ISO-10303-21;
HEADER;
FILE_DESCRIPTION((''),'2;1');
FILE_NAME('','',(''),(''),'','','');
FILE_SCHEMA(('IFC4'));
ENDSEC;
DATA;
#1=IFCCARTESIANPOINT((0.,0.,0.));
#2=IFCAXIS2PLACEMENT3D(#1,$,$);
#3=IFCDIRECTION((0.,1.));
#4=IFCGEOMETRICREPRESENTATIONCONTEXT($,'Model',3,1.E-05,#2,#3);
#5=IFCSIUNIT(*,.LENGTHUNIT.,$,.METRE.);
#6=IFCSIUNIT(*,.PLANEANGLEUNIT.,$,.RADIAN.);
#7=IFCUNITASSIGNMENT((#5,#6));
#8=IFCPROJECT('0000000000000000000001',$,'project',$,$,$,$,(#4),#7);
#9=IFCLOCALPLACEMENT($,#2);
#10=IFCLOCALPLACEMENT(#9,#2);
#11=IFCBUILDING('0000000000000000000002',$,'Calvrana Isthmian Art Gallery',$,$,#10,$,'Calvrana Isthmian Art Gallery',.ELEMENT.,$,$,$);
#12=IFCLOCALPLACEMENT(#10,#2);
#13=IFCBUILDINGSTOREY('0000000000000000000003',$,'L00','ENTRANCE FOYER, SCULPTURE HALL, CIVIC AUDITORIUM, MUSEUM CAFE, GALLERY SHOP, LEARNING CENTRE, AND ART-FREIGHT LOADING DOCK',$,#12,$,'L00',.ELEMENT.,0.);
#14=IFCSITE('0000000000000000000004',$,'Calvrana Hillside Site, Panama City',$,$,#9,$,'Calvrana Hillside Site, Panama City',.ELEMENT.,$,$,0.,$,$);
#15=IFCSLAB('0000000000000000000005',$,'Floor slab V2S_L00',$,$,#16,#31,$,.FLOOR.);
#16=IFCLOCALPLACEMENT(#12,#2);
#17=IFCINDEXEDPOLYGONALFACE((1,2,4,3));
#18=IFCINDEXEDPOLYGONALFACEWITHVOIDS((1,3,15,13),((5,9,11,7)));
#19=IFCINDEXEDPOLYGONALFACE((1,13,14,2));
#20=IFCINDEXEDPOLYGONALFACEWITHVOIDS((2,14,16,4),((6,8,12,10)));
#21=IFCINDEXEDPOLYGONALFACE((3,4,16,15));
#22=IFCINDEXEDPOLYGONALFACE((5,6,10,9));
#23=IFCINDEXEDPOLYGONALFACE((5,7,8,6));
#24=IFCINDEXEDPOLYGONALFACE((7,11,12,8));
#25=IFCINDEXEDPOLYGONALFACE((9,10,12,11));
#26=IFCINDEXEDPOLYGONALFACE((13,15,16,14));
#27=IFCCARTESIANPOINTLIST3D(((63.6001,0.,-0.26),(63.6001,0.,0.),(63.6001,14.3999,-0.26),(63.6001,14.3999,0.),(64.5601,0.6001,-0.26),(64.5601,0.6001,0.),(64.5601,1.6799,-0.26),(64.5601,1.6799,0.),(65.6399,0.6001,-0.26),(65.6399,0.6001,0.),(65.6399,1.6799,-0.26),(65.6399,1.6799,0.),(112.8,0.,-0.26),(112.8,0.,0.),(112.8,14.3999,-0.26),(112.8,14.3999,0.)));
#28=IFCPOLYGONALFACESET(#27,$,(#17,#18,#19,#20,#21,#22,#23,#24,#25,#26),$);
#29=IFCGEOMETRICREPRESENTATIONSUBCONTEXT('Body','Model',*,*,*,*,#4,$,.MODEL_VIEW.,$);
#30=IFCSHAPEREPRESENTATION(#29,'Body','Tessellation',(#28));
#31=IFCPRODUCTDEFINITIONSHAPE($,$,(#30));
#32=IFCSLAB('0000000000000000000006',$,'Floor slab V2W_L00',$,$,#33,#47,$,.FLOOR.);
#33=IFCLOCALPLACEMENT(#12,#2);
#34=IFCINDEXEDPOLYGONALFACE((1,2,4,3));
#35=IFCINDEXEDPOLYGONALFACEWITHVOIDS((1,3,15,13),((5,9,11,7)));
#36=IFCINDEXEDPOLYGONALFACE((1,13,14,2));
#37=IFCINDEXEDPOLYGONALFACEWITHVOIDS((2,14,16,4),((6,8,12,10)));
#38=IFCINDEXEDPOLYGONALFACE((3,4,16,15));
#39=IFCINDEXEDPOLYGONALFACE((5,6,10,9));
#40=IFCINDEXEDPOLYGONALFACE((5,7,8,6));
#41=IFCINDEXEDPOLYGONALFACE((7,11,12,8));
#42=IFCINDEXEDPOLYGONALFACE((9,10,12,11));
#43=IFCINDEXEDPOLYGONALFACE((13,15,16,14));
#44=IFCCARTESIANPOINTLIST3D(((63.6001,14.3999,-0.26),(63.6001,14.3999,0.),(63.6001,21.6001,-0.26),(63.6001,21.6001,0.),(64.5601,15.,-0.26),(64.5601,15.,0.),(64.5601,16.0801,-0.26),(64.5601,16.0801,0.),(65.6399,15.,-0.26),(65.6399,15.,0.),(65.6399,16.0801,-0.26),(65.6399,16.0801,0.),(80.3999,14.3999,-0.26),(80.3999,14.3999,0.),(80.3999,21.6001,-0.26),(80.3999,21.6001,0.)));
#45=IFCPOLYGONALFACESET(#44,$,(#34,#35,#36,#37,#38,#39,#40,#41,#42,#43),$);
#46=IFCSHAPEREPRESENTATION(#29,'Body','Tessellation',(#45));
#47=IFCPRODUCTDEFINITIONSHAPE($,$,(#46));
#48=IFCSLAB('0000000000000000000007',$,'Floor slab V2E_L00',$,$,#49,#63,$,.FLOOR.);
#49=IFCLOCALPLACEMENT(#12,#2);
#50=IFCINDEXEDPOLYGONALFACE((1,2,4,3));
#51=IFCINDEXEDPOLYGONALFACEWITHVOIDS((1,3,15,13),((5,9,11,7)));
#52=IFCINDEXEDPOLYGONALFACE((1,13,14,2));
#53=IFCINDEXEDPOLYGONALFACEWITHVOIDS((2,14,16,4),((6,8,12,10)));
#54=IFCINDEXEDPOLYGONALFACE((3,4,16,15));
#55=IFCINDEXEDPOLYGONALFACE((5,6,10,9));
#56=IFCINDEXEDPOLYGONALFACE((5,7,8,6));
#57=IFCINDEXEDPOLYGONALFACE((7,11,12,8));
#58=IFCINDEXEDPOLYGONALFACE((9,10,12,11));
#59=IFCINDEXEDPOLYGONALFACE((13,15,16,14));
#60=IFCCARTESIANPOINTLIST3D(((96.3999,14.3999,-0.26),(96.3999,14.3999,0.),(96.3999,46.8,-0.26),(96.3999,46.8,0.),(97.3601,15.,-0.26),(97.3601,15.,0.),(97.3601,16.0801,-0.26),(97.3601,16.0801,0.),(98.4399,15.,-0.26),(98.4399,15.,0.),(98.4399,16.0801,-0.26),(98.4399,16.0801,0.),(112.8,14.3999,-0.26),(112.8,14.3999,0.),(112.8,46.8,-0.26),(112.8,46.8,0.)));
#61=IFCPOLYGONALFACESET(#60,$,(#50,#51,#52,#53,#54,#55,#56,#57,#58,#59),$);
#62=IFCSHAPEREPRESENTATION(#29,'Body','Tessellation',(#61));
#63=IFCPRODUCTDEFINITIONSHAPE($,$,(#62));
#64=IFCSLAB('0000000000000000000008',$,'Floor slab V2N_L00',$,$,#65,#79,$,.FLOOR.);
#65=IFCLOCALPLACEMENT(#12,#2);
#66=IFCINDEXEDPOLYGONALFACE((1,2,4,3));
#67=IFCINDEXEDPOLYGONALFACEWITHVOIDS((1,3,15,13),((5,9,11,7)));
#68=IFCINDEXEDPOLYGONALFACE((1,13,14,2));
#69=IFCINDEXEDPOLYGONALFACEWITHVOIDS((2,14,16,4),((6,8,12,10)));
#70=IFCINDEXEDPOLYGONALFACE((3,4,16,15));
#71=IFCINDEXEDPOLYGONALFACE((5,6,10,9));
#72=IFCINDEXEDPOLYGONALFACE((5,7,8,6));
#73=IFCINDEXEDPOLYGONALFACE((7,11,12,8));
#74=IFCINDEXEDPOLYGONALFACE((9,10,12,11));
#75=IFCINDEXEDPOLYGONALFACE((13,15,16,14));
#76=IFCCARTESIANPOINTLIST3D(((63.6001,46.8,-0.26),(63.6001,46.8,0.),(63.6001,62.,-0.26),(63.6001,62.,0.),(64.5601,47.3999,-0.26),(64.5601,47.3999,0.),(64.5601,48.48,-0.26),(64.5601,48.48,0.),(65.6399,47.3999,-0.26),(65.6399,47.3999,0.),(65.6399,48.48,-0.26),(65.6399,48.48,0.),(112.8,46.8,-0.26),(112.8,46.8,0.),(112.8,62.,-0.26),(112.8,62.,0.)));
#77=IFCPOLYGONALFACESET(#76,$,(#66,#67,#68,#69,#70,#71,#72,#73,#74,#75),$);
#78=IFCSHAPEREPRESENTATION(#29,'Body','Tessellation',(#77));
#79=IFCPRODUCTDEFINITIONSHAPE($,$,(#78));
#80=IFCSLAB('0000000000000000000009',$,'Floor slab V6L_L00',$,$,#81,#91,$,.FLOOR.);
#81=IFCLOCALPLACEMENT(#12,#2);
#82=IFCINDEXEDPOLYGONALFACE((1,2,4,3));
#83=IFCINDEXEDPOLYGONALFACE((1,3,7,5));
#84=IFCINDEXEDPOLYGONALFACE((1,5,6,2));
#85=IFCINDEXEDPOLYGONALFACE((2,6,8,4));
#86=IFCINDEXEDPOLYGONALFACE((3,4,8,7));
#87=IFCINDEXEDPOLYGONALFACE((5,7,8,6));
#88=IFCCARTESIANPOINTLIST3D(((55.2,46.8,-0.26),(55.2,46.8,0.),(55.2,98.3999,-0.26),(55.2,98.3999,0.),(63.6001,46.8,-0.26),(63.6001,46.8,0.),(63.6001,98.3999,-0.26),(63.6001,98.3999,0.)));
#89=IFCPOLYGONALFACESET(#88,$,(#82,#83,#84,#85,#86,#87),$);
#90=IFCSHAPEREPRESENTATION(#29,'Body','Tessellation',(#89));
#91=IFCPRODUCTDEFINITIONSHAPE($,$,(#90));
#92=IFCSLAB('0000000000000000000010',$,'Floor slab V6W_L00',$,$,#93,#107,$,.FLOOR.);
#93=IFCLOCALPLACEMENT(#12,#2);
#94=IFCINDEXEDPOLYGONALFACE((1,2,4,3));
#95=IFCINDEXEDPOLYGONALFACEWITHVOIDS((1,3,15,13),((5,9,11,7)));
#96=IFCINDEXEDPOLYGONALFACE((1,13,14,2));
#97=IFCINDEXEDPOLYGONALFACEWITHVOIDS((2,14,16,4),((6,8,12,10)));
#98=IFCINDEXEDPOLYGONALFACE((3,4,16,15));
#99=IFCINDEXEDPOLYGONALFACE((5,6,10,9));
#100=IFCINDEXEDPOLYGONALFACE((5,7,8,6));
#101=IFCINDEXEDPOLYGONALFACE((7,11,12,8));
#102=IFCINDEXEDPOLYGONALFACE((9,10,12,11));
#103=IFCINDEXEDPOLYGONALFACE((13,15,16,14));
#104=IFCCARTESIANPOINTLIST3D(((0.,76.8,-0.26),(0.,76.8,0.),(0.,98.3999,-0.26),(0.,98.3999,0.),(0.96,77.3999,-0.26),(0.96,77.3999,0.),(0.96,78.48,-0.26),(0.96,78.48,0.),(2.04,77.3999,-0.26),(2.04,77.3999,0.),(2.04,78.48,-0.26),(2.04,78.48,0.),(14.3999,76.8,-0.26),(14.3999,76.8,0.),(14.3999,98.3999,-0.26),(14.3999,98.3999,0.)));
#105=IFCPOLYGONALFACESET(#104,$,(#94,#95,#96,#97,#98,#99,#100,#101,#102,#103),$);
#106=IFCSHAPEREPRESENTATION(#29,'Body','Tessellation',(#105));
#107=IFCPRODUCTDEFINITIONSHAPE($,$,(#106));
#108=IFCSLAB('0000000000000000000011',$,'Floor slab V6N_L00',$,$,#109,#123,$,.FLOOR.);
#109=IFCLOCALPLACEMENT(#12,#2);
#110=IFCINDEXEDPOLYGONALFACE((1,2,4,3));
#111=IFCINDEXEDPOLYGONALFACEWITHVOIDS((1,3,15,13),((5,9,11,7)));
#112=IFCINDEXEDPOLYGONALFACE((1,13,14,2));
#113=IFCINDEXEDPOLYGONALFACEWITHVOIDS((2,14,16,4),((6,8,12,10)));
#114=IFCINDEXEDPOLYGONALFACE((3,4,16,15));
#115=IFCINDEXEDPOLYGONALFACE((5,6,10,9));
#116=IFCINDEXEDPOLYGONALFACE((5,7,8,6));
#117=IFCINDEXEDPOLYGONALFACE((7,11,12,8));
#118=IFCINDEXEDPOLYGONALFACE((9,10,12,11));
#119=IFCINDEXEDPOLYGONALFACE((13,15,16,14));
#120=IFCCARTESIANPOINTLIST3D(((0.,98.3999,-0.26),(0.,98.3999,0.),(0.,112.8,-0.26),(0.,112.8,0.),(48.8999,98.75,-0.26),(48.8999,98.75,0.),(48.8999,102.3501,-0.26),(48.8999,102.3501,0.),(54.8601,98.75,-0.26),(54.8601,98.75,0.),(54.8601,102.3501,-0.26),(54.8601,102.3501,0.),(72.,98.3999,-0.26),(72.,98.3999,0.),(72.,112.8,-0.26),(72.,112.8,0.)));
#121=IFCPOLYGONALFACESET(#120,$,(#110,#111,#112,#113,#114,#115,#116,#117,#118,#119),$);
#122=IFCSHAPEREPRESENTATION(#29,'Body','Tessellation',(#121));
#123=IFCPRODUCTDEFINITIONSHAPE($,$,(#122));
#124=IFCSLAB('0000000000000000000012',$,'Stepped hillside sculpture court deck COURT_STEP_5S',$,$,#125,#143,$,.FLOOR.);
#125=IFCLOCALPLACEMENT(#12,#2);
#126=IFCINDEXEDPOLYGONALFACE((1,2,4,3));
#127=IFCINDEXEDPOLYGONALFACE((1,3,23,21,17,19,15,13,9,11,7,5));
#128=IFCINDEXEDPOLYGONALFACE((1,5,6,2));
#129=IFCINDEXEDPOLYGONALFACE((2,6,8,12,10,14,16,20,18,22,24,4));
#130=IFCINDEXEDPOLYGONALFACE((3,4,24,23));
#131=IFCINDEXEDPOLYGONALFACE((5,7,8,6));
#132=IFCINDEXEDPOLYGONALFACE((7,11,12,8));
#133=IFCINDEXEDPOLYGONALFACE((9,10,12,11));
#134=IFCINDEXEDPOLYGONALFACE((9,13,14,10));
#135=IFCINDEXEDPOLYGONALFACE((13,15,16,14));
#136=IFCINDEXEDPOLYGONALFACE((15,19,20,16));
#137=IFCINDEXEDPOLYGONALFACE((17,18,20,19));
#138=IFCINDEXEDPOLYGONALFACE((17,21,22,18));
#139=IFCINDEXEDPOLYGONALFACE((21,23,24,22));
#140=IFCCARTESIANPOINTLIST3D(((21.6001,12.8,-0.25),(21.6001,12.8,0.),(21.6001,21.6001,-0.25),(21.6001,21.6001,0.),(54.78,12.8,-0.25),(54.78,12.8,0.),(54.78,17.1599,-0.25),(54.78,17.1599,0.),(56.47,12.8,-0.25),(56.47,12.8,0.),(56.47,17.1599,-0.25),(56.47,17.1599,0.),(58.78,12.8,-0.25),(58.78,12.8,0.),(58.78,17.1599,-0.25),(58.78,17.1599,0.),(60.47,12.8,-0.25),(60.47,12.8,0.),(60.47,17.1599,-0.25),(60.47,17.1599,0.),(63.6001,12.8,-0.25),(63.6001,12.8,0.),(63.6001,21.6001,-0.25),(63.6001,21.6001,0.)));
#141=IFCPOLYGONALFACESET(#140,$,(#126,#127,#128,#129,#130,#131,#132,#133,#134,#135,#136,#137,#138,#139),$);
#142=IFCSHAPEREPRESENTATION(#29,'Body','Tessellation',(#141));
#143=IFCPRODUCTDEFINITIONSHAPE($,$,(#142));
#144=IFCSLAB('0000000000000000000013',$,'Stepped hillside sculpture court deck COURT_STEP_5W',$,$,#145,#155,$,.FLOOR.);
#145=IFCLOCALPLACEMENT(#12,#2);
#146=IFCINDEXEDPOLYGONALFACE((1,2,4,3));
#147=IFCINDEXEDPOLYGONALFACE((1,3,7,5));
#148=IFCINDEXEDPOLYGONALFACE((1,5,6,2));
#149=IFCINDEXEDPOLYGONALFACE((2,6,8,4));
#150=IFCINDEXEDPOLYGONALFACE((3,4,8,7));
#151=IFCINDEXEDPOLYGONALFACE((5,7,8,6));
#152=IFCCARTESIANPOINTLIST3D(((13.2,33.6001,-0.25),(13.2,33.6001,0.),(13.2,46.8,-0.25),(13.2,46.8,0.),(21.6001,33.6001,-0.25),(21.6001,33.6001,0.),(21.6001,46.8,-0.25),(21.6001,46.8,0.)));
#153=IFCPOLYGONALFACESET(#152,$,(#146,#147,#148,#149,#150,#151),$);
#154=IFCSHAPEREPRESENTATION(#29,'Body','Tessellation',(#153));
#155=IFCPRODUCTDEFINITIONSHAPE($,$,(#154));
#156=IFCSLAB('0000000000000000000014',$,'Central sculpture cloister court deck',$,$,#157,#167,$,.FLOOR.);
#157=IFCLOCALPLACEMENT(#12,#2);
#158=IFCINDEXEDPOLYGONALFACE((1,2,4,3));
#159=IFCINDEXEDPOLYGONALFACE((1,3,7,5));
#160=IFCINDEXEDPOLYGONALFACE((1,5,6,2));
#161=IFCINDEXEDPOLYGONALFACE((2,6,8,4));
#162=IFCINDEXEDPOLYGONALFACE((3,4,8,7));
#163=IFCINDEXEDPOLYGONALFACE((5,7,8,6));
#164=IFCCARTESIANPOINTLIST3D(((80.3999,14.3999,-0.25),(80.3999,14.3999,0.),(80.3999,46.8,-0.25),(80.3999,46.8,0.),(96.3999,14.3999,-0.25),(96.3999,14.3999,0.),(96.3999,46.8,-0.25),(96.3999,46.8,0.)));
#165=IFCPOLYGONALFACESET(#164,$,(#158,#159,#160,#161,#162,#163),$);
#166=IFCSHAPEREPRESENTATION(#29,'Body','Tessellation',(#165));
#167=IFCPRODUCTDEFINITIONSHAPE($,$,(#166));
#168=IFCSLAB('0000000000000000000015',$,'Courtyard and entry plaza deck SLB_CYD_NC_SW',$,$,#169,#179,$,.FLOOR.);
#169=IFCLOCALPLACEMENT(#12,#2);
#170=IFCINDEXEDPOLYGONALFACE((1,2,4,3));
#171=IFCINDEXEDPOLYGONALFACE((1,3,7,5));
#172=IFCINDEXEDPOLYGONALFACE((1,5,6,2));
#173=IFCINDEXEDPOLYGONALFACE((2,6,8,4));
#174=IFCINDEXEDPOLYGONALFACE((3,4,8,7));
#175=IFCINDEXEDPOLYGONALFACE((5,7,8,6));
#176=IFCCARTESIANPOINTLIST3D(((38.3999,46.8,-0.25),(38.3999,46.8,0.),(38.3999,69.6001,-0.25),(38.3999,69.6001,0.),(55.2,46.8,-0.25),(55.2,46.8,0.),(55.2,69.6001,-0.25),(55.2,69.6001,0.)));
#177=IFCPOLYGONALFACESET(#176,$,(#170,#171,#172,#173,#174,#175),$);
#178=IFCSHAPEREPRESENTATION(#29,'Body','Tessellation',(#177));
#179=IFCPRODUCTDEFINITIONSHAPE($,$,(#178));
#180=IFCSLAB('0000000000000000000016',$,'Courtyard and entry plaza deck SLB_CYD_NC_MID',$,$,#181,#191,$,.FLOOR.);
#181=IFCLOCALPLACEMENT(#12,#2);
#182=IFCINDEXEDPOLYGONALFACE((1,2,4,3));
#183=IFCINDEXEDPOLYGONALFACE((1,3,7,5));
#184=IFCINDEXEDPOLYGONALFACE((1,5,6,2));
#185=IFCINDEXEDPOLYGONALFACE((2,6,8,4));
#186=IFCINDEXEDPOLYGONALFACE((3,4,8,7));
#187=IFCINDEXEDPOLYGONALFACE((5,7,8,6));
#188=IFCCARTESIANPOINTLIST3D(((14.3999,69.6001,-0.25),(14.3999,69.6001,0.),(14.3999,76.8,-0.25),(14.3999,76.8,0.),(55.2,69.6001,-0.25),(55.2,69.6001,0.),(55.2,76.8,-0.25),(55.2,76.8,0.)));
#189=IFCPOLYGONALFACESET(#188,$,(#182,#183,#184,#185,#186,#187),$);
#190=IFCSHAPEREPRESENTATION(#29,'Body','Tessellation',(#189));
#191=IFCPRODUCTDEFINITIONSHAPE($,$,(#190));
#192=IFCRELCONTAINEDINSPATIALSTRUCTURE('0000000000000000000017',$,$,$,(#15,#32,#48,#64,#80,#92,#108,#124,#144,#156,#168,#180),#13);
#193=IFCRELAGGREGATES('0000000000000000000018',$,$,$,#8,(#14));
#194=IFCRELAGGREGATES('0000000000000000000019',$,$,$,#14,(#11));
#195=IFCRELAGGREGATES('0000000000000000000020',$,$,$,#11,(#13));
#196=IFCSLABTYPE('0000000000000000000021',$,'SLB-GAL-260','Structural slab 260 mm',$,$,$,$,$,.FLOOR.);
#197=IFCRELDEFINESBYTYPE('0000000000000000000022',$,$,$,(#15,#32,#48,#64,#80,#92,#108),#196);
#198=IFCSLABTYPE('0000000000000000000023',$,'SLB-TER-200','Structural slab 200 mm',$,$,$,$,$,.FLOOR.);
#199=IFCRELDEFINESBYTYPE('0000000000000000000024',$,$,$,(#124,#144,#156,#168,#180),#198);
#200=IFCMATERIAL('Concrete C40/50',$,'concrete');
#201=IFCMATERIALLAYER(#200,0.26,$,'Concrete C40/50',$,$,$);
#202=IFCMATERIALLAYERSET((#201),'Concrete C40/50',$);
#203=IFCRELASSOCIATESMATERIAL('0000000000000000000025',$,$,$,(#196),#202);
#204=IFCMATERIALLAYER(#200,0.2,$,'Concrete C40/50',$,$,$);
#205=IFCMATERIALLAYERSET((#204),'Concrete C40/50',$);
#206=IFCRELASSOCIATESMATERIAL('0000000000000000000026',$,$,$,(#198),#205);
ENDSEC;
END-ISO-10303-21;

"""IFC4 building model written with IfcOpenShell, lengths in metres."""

from ifc_helpers import new_model, si_unit, direction, frame, origin, place, context, subcontext, project, spatial, polyline, outline, extrude, material, layer, layer_set, type_object, element, save


model = new_model("IFC4")

# Units and contexts
model_context = context("Model", 3, precision=1e-05, world=origin(), true_north=direction((0.0, 1.0)))
body_context = subcontext(model_context, "Body", "Model", "MODEL_VIEW")
ifc_project = project(units=[si_unit("LENGTHUNIT", "METRE"), si_unit("PLANEANGLEUNIT", "RADIAN")], contexts=[model_context])

# Site, building, storey
site_placement = place(None, origin())
site = spatial("IfcSite", under=ifc_project, at=site_placement, Name="Calvrana Hillside Site, Panama City", LongName="Calvrana Hillside Site, Panama City", CompositionType="ELEMENT", RefElevation=0.0)
building_placement = place(site_placement, origin())
building = spatial("IfcBuilding", under=site, at=building_placement, Name="Calvrana Isthmian Art Gallery", LongName="Calvrana Isthmian Art Gallery", CompositionType="ELEMENT")
storey_placement = place(building_placement, origin())
storey = spatial("IfcBuildingStorey", under=building, at=storey_placement, Name="L00", Description="ENTRANCE FOYER, SCULPTURE HALL, CIVIC AUDITORIUM, MUSEUM CAFE, GALLERY SHOP, LEARNING CENTRE, AND ART-FREIGHT LOADING DOCK", LongName="L00", CompositionType="ELEMENT", Elevation=0.0)

# Slabs
ifc_material_1 = material(Name="Concrete C40/50", Category="concrete")
ifc_layer_1 = layer(ifc_material_1, 0.26, Name="Concrete C40/50")
ifc_layer_set_1 = layer_set([ifc_layer_1], Name="Concrete C40/50")
slab_type_1 = type_object("IfcSlabType", Name="SLB-GAL-260", Description="Structural slab 260 mm", PredefinedType="FLOOR", material=ifc_layer_set_1)
slab_1_placement = place(storey_placement, frame((0.0, 0.0, -0.26)))
element("IfcSlab", 1, at=slab_1_placement, inside=storey, type_object=slab_type_1, Name="Floor slab V2S_L00", PredefinedType="FLOOR", context=body_context, shape_type="SweptSolid", body=[
    extrude(outline(polyline([(63.6001, 0.0), (112.8, 0.0), (112.8, 14.3999), (63.6001, 14.3999), (63.6001, 0.0)]), holes=[polyline([(64.5601, 0.6001), (65.6399, 0.6001), (65.6399, 1.6799), (64.5601, 1.6799), (64.5601, 0.6001)])]), origin(), (0.0, 0.0, 1.0), 0.26),
])
slab_2_placement = place(storey_placement, frame((0.0, 0.0, -0.26)))
element("IfcSlab", 2, at=slab_2_placement, inside=storey, type_object=slab_type_1, Name="Floor slab V2W_L00", PredefinedType="FLOOR", context=body_context, shape_type="SweptSolid", body=[
    extrude(outline(polyline([(63.6001, 14.3999), (80.3999, 14.3999), (80.3999, 21.6001), (63.6001, 21.6001), (63.6001, 14.3999)]), holes=[polyline([(64.5601, 15.0), (65.6399, 15.0), (65.6399, 16.0801), (64.5601, 16.0801), (64.5601, 15.0)])]), origin(), (0.0, 0.0, 1.0), 0.26),
])
slab_3_placement = place(storey_placement, frame((0.0, 0.0, -0.26)))
element("IfcSlab", 3, at=slab_3_placement, inside=storey, type_object=slab_type_1, Name="Floor slab V2E_L00", PredefinedType="FLOOR", context=body_context, shape_type="SweptSolid", body=[
    extrude(outline(polyline([(96.3999, 14.3999), (112.8, 14.3999), (112.8, 46.8), (96.3999, 46.8), (96.3999, 14.3999)]), holes=[polyline([(97.3601, 15.0), (98.4399, 15.0), (98.4399, 16.0801), (97.3601, 16.0801), (97.3601, 15.0)])]), origin(), (0.0, 0.0, 1.0), 0.26),
])
slab_4_placement = place(storey_placement, frame((0.0, 0.0, -0.26)))
element("IfcSlab", 4, at=slab_4_placement, inside=storey, type_object=slab_type_1, Name="Floor slab V2N_L00", PredefinedType="FLOOR", context=body_context, shape_type="SweptSolid", body=[
    extrude(outline(polyline([(63.6001, 46.8), (112.8, 46.8), (112.8, 62.0), (63.6001, 62.0), (63.6001, 46.8)]), holes=[polyline([(64.5601, 47.3999), (65.6399, 47.3999), (65.6399, 48.48), (64.5601, 48.48), (64.5601, 47.3999)])]), origin(), (0.0, 0.0, 1.0), 0.26),
])
slab_5_placement = place(storey_placement, frame((0.0, 0.0, -0.26)))
element("IfcSlab", 5, at=slab_5_placement, inside=storey, type_object=slab_type_1, Name="Floor slab V6L_L00", PredefinedType="FLOOR", context=body_context, shape_type="SweptSolid", body=[
    extrude(outline(polyline([(55.2, 46.8), (63.6001, 46.8), (63.6001, 98.3999), (55.2, 98.3999), (55.2, 46.8)])), origin(), (0.0, 0.0, 1.0), 0.26),
])
slab_6_placement = place(storey_placement, frame((0.0, 0.0, -0.26)))
element("IfcSlab", 6, at=slab_6_placement, inside=storey, type_object=slab_type_1, Name="Floor slab V6W_L00", PredefinedType="FLOOR", context=body_context, shape_type="SweptSolid", body=[
    extrude(outline(polyline([(0.0, 76.8), (14.3999, 76.8), (14.3999, 98.3999), (0.0, 98.3999), (0.0, 76.8)]), holes=[polyline([(0.96, 77.3999), (2.04, 77.3999), (2.04, 78.48), (0.96, 78.48), (0.96, 77.3999)])]), origin(), (0.0, 0.0, 1.0), 0.26),
])
slab_7_placement = place(storey_placement, frame((0.0, 0.0, -0.26)))
element("IfcSlab", 7, at=slab_7_placement, inside=storey, type_object=slab_type_1, Name="Floor slab V6N_L00", PredefinedType="FLOOR", context=body_context, shape_type="SweptSolid", body=[
    extrude(outline(polyline([(0.0, 98.3999), (72.0, 98.3999), (72.0, 112.8), (0.0, 112.8), (0.0, 98.3999)]), holes=[polyline([(48.8999, 98.75), (54.8601, 98.75), (54.8601, 102.3501), (48.8999, 102.3501), (48.8999, 98.75)])]), origin(), (0.0, 0.0, 1.0), 0.26),
])
ifc_layer_2 = layer(ifc_material_1, 0.2, Name="Concrete C40/50")
ifc_layer_set_2 = layer_set([ifc_layer_2], Name="Concrete C40/50")
slab_type_2 = type_object("IfcSlabType", Name="SLB-TER-200", Description="Structural slab 200 mm", PredefinedType="FLOOR", material=ifc_layer_set_2)
slab_8_placement = place(storey_placement, frame((0.0, 0.0, -0.25)))
element("IfcSlab", 8, at=slab_8_placement, inside=storey, type_object=slab_type_2, Name="Stepped hillside sculpture court deck COURT_STEP_5S", PredefinedType="FLOOR", context=body_context, shape_type="SweptSolid", body=[
    extrude(outline(polyline([(21.6001, 21.6001), (63.6001, 21.6001), (63.6001, 12.8), (60.47, 12.8), (60.47, 17.1599), (58.78, 17.1599), (58.78, 12.8), (56.47, 12.8), (56.47, 17.1599), (54.78, 17.1599), (54.78, 12.8), (21.6001, 12.8), (21.6001, 21.6001)])), origin(), (0.0, 0.0, 1.0), 0.25),
])
slab_9_placement = place(storey_placement, frame((0.0, 0.0, -0.25)))
element("IfcSlab", 9, at=slab_9_placement, inside=storey, type_object=slab_type_2, Name="Stepped hillside sculpture court deck COURT_STEP_5W", PredefinedType="FLOOR", context=body_context, shape_type="SweptSolid", body=[
    extrude(outline(polyline([(13.2, 33.6001), (21.6001, 33.6001), (21.6001, 46.8), (13.2, 46.8), (13.2, 33.6001)])), origin(), (0.0, 0.0, 1.0), 0.25),
])
slab_10_placement = place(storey_placement, frame((0.0, 0.0, -0.25)))
element("IfcSlab", 10, at=slab_10_placement, inside=storey, type_object=slab_type_2, Name="Central sculpture cloister court deck", PredefinedType="FLOOR", context=body_context, shape_type="SweptSolid", body=[
    extrude(outline(polyline([(80.3999, 14.3999), (96.3999, 14.3999), (96.3999, 46.8), (80.3999, 46.8), (80.3999, 14.3999)])), origin(), (0.0, 0.0, 1.0), 0.25),
])
slab_11_placement = place(storey_placement, frame((0.0, 0.0, -0.25)))
element("IfcSlab", 11, at=slab_11_placement, inside=storey, type_object=slab_type_2, Name="Courtyard and entry plaza deck SLB_CYD_NC_SW", PredefinedType="FLOOR", context=body_context, shape_type="SweptSolid", body=[
    extrude(outline(polyline([(55.2, 46.8), (55.2, 69.6001), (38.3999, 69.6001), (38.3999, 46.8), (55.2, 46.8)])), origin(), (0.0, 0.0, 1.0), 0.25),
])
slab_12_placement = place(storey_placement, frame((0.0, 0.0, -0.25)))
element("IfcSlab", 12, at=slab_12_placement, inside=storey, type_object=slab_type_2, Name="Courtyard and entry plaza deck SLB_CYD_NC_MID", PredefinedType="FLOOR", context=body_context, shape_type="SweptSolid", body=[
    extrude(outline(polyline([(55.2, 69.6001), (55.2, 76.8), (14.3999, 76.8), (14.3999, 69.6001), (55.2, 69.6001)])), origin(), (0.0, 0.0, 1.0), 0.25),
])

save(model, "model.ifc")
